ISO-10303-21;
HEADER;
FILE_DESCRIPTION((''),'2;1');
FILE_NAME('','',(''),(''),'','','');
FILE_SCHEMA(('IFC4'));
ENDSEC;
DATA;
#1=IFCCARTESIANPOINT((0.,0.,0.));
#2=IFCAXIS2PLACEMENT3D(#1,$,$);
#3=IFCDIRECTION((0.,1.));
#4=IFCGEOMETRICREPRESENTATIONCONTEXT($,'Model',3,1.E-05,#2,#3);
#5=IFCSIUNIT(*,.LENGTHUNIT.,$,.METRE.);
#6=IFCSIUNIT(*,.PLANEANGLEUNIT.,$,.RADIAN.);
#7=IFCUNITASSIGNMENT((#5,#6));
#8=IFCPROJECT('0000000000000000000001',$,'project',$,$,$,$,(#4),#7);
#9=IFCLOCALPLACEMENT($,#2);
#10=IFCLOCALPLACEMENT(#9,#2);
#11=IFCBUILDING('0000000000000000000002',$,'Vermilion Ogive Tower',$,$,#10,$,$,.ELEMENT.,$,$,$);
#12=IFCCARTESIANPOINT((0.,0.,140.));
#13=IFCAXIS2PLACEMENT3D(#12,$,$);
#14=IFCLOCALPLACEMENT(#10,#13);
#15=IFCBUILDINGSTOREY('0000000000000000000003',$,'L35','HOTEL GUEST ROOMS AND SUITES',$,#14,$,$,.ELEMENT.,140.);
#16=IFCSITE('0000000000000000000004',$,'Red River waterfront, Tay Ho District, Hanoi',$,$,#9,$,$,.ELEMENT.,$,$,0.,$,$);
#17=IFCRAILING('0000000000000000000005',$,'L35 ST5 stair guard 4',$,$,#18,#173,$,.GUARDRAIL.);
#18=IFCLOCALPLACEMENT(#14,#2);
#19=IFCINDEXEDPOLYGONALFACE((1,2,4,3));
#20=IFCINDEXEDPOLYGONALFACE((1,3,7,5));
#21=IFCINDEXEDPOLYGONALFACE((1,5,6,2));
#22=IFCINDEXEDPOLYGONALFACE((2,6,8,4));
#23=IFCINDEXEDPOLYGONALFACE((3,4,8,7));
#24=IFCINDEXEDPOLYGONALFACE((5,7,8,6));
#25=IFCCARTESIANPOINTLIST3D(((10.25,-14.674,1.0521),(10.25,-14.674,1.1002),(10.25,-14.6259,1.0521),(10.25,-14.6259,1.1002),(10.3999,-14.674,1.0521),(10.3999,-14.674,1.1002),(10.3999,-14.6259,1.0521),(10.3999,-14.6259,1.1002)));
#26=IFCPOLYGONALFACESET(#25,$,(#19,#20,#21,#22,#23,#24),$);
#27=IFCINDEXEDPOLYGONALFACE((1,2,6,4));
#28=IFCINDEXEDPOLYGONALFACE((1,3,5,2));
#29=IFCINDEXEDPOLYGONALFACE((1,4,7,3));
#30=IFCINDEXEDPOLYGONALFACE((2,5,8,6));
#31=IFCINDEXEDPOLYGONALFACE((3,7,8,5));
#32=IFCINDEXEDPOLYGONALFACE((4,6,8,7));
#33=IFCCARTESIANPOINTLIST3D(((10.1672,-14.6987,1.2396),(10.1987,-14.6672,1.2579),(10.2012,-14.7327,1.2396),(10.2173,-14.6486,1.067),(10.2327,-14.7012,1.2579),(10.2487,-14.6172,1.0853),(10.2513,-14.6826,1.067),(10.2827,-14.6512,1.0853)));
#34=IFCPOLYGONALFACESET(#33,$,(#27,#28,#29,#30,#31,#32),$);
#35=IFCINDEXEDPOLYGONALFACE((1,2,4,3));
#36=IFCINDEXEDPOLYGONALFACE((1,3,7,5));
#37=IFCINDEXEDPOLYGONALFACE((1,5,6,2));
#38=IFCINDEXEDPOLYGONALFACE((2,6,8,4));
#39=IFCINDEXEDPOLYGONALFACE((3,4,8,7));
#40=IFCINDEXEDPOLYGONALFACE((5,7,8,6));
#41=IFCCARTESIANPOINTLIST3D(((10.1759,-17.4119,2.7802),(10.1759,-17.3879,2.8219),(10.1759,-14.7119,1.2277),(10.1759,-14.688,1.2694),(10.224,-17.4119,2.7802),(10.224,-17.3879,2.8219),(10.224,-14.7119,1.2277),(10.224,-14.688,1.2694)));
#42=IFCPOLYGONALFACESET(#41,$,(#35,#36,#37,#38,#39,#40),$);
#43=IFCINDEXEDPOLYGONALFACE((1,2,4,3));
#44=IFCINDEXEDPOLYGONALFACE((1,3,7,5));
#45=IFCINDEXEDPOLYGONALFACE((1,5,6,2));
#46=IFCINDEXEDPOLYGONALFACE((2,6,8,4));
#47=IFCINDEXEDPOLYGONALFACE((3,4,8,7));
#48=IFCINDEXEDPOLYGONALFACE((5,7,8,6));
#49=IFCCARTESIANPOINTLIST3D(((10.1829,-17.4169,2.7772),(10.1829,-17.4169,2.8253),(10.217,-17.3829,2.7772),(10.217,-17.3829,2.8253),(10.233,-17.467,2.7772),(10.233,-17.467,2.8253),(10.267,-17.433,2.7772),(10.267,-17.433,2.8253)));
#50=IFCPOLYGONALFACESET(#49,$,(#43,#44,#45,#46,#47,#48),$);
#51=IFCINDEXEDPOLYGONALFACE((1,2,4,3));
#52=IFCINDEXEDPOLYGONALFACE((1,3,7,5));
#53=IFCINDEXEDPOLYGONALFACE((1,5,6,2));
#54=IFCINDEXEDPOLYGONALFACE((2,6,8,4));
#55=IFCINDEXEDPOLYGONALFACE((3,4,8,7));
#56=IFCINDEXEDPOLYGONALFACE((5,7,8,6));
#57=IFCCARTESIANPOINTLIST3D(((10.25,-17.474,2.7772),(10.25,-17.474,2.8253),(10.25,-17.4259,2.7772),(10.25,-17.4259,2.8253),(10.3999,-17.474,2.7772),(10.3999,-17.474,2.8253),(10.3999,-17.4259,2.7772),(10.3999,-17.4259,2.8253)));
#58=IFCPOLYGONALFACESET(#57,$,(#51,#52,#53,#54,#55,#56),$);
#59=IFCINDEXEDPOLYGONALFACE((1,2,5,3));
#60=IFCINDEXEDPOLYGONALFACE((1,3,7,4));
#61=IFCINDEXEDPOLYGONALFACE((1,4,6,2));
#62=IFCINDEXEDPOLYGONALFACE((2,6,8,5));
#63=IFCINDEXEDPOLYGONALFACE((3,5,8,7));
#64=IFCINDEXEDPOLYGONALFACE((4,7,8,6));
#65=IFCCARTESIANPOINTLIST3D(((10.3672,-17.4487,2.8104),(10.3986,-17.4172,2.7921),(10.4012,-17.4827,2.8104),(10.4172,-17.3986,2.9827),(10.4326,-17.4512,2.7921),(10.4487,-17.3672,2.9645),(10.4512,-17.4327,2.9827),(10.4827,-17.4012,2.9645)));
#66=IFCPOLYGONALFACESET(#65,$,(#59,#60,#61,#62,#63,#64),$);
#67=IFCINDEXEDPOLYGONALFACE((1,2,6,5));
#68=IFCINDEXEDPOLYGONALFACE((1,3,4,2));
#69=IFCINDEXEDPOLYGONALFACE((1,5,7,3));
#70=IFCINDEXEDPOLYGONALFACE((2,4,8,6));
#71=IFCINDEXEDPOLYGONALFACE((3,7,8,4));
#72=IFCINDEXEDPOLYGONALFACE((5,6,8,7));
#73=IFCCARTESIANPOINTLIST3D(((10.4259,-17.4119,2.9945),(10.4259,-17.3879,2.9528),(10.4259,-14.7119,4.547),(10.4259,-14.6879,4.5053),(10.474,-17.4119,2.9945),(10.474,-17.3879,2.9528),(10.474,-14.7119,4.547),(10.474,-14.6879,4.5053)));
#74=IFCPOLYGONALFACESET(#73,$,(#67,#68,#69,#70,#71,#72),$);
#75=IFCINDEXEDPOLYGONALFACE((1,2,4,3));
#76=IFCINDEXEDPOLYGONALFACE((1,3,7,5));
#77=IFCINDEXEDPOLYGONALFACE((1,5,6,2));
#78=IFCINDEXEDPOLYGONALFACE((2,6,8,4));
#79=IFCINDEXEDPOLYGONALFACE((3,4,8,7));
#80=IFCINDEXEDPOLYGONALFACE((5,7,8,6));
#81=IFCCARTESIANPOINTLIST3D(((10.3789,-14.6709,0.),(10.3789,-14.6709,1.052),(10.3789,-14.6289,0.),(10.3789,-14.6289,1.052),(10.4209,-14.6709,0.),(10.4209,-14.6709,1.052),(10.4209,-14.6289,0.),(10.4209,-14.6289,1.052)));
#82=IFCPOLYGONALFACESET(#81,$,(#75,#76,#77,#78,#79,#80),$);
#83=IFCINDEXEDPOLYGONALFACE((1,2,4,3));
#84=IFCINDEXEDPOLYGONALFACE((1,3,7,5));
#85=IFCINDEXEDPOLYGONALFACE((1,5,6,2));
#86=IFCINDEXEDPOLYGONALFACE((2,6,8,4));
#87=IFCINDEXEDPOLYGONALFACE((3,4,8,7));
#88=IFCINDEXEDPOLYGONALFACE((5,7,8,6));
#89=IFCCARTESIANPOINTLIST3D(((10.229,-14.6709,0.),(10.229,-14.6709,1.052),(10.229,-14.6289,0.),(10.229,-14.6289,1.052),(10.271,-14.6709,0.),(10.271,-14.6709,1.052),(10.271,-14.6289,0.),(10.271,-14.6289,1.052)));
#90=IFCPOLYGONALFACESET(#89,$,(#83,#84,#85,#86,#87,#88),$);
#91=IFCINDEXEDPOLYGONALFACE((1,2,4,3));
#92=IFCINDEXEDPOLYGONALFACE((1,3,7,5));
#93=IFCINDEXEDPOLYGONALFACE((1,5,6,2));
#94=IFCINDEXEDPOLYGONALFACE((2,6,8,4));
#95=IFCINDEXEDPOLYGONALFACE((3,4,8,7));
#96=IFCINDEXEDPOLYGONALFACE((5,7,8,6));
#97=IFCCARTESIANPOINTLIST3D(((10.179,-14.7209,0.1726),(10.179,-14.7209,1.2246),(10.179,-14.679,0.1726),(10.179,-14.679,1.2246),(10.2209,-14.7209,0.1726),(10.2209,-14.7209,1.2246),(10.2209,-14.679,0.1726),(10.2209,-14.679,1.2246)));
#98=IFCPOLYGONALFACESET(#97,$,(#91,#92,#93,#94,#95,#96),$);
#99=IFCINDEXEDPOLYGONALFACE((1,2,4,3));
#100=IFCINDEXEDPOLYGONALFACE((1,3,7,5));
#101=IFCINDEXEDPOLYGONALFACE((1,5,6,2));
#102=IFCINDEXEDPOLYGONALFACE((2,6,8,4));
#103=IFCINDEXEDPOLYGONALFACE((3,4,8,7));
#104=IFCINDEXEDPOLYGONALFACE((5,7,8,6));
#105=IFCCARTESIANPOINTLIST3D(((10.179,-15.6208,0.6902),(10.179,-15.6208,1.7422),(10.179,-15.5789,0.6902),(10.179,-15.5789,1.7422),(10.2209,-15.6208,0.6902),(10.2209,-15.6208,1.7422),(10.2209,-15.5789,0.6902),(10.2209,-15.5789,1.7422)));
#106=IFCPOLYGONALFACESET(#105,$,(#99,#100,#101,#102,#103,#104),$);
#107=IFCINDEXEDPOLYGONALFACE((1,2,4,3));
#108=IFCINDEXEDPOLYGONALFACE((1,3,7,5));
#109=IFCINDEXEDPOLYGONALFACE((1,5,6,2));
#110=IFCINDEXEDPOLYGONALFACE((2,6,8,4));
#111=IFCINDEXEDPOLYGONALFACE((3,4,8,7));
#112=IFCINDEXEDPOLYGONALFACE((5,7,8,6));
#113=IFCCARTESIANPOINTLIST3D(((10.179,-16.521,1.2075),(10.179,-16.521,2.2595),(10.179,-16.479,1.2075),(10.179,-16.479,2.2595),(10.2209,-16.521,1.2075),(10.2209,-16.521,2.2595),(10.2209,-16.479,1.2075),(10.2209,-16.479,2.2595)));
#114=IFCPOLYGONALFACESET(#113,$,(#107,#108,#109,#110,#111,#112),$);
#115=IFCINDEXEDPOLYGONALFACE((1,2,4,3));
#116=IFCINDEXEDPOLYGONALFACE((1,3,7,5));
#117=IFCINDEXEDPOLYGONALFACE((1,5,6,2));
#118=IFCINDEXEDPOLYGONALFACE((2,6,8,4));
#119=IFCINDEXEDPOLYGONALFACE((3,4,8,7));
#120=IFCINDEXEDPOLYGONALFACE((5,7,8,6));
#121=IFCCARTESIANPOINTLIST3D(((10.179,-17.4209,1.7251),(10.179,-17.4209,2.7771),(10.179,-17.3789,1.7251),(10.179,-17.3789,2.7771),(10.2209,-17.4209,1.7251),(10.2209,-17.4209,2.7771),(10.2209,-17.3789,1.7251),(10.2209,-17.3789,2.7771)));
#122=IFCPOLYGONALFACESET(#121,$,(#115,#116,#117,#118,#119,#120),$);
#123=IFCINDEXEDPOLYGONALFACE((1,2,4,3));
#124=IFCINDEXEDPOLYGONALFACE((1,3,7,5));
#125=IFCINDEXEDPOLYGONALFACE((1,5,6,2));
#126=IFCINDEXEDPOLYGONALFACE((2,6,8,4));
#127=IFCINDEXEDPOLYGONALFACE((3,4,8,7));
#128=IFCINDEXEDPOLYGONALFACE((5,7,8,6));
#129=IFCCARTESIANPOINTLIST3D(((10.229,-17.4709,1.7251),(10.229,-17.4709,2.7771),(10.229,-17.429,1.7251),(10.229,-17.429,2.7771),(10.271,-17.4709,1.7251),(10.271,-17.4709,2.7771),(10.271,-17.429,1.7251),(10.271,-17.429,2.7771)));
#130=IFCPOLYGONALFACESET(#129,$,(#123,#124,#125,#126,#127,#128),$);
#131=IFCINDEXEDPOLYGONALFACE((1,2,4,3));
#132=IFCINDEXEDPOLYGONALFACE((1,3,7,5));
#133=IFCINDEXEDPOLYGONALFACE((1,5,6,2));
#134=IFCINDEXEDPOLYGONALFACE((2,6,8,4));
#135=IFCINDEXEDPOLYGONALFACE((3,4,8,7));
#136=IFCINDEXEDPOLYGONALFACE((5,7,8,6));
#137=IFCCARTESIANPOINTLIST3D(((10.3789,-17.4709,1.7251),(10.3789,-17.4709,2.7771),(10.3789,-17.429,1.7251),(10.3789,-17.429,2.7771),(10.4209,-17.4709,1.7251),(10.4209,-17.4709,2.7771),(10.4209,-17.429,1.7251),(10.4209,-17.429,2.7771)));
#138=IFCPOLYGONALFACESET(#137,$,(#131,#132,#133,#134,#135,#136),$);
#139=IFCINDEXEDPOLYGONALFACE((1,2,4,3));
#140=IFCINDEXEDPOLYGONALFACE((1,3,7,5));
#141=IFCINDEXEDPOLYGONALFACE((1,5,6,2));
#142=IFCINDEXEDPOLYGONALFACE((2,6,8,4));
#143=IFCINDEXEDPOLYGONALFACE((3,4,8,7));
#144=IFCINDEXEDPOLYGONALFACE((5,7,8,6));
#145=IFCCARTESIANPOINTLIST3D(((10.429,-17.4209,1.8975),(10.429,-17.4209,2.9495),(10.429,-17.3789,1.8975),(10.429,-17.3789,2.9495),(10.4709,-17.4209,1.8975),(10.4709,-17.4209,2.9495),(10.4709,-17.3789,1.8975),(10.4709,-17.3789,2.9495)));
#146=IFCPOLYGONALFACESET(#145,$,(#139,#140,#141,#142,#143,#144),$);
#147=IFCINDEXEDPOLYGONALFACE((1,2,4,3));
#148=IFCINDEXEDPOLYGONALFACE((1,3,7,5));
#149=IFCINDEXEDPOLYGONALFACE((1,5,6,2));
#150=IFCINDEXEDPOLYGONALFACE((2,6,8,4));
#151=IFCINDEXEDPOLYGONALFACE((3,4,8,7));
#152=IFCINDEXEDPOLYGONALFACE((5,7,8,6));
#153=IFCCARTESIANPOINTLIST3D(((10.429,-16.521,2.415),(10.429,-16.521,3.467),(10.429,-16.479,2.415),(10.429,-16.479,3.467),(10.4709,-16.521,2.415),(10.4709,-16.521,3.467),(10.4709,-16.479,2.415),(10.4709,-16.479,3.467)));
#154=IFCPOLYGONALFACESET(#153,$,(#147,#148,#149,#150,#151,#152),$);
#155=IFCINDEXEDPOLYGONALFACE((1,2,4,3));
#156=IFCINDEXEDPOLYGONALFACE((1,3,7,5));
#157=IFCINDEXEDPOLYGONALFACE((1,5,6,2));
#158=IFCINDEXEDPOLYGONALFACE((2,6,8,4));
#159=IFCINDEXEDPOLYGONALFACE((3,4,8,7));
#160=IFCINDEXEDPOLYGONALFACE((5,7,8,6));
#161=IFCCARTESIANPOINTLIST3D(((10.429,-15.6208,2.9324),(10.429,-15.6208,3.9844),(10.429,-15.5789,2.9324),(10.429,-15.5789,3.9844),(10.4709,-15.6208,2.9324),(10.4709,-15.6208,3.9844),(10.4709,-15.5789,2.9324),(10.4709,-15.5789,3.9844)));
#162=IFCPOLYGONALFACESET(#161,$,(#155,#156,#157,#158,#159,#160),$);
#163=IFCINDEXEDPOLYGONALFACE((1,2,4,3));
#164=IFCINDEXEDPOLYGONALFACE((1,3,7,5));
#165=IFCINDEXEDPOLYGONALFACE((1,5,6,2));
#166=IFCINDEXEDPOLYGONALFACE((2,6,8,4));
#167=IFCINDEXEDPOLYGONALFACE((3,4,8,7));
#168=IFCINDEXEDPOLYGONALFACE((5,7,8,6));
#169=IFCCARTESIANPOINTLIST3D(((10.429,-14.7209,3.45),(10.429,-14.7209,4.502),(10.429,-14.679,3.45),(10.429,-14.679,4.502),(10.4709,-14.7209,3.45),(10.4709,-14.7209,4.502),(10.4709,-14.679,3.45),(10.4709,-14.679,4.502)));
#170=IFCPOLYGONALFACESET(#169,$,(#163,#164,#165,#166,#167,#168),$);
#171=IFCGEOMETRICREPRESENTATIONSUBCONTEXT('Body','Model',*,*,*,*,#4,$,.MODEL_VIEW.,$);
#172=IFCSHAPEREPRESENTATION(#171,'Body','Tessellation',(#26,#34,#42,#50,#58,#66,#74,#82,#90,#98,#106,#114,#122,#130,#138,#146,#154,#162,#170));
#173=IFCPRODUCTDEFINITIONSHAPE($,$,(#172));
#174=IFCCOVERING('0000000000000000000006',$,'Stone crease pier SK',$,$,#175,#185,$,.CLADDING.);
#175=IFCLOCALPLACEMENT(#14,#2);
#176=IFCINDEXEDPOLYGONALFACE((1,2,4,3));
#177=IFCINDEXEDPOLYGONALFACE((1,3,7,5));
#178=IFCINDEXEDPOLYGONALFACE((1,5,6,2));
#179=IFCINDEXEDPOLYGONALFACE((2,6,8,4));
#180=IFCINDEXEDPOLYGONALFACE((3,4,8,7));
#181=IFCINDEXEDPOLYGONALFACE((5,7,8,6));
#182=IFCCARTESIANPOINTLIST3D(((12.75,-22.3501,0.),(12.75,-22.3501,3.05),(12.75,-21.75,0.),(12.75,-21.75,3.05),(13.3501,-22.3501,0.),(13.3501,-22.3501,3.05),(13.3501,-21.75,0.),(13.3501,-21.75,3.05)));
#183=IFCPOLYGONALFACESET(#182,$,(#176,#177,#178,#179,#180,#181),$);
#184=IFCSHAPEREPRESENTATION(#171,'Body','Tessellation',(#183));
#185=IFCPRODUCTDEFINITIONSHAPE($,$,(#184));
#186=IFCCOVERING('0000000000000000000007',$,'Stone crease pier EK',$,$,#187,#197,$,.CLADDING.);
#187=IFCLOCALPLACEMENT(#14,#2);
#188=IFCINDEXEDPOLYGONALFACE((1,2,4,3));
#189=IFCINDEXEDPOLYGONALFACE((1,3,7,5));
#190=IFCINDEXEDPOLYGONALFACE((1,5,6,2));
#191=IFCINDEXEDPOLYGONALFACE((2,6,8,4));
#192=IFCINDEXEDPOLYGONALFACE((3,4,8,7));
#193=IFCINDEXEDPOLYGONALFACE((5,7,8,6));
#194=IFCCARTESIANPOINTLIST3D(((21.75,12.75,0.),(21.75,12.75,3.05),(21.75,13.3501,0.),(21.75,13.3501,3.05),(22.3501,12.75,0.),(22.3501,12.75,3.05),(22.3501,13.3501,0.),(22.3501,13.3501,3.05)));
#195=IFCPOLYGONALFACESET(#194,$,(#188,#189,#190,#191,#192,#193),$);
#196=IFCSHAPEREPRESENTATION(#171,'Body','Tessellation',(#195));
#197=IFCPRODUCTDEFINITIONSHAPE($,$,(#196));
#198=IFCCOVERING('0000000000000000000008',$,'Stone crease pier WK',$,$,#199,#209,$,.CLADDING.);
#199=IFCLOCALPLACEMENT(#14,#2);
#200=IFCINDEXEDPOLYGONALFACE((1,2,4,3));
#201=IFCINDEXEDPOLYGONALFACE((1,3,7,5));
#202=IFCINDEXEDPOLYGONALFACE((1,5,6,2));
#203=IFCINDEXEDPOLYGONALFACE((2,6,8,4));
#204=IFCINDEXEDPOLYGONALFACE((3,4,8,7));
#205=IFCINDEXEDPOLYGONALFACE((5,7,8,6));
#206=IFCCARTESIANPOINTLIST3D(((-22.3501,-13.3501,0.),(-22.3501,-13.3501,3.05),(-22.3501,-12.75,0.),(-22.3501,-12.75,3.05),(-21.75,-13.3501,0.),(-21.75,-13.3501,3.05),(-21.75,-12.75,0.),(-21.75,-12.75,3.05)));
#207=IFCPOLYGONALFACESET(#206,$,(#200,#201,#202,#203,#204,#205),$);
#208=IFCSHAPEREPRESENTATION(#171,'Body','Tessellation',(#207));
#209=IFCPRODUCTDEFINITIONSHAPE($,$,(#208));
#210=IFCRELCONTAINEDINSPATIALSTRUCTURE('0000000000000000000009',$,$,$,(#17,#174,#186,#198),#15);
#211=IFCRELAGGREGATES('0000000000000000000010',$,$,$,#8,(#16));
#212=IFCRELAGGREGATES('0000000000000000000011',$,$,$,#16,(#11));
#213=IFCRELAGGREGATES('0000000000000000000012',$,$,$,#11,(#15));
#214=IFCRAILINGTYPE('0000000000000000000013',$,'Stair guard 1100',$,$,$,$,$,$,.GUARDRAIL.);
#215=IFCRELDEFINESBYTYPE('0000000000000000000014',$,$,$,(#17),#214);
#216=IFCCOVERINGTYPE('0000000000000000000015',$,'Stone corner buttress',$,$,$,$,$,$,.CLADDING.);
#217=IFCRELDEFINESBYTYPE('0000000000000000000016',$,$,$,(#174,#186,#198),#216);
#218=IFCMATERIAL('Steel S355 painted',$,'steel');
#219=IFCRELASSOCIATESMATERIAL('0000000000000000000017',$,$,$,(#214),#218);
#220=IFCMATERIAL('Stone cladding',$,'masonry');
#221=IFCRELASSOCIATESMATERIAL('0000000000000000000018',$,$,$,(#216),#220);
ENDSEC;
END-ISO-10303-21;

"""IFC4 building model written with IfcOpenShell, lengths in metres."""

from ifc_helpers import new_model, si_unit, direction, frame, origin, origin_2d, place, context, subcontext, project, spatial, polyline, rectangle, outline, extrude, material, type_object, element, save


model = new_model("IFC4")

# Units and contexts
model_context = context("Model", 3, precision=1e-05, world=origin(), true_north=direction((0.0, 1.0)))
body_context = subcontext(model_context, "Body", "Model", "MODEL_VIEW")
ifc_project = project(units=[si_unit("LENGTHUNIT", "METRE"), si_unit("PLANEANGLEUNIT", "RADIAN")], contexts=[model_context])

# Site, building, storey
site_placement = place(None, origin())
site = spatial("IfcSite", under=ifc_project, at=site_placement, Name="Red River waterfront, Tay Ho District, Hanoi", CompositionType="ELEMENT", RefElevation=0.0)
building_placement = place(site_placement, origin())
building = spatial("IfcBuilding", under=site, at=building_placement, Name="Vermilion Ogive Tower", CompositionType="ELEMENT")
storey_placement = place(building_placement, frame((0.0, 0.0, 140.0)))
storey = spatial("IfcBuildingStorey", under=building, at=storey_placement, Name="L35", Description="HOTEL GUEST ROOMS AND SUITES", CompositionType="ELEMENT", Elevation=140.0)

# Railing
ifc_material_1 = material(Name="Steel S355 painted", Category="steel")
railing_type = type_object("IfcRailingType", Name="Stair guard 1100", PredefinedType="GUARDRAIL", material=ifc_material_1)
railing_1_placement = place(storey_placement, frame((10.3999, -14.6499, 0.0)))
element("IfcRailing", 1, at=railing_1_placement, inside=storey, type_object=railing_type, Name="L35 ST5 stair guard 4", PredefinedType="GUARDRAIL", context=body_context, shape_type="SweptSolid", body=[
    extrude(rectangle(XDim=0.0481, YDim=0.0481, at=origin_2d()), frame((0.0, 0.0, 1.0762), z_axis=(-1.0, 0.0, 0.0), x_axis=(0.0, -1.0, 0.0)), (0.0, 0.0, 1.0), 0.1499),
    extrude(rectangle(XDim=0.0481, YDim=0.0481, at=origin_2d()), frame((-0.1499, 0.0, 1.0762), z_axis=(-0.268278, -0.268278, 0.925232), x_axis=(0.707107, -0.707107, 0.0)), (0.0, 0.0, 1.0), 0.1865),
    extrude(rectangle(XDim=0.0481, YDim=0.0481, at=origin_2d()), frame((-0.2, -0.05, 1.2485), z_axis=(0.0, -0.866904, 0.498476), x_axis=(1.0, 0.0, 0.0)), (0.0, 0.0, 1.0), 3.1145),
    extrude(rectangle(XDim=0.0481, YDim=0.0481, at=origin_2d()), frame((-0.2, -2.75, 2.8013), z_axis=(0.707107, -0.707107, 0.0), x_axis=(0.707107, 0.707107, 0.0)), (0.0, 0.0, 1.0), 0.0708),
    extrude(rectangle(XDim=0.0481, YDim=0.0481, at=origin_2d()), frame((-0.1499, -2.8, 2.8013), z_axis=(1.0, 0.0, 0.0), x_axis=(0.0, 1.0, 0.0)), (0.0, 0.0, 1.0), 0.1499),
    extrude(rectangle(XDim=0.0481, YDim=0.0481, at=origin_2d()), frame((0.0, -2.8, 2.8013), z_axis=(0.268603, 0.268603, 0.925043), x_axis=(-0.707107, 0.707107, 0.0)), (0.0, 0.0, 1.0), 0.1863),
    extrude(rectangle(XDim=0.0481, YDim=0.0481, at=origin_2d()), frame((0.05, -2.75, 2.9736), z_axis=(0.0, 0.866904, 0.498476), x_axis=(-1.0, 0.0, 0.0)), (0.0, 0.0, 1.0), 3.1145),
    extrude(rectangle(XDim=0.042, YDim=0.042, at=origin_2d()), origin(), (0.0, 0.0, 1.0), 1.052),
    extrude(rectangle(XDim=0.042, YDim=0.042, at=origin_2d()), frame((-0.1499, 0.0, 0.0)), (0.0, 0.0, 1.0), 1.052),
    extrude(rectangle(XDim=0.042, YDim=0.042, at=origin_2d()), frame((-0.2, -0.05, 0.1726)), (0.0, 0.0, 1.0), 1.052),
    extrude(rectangle(XDim=0.042, YDim=0.042, at=origin_2d()), frame((-0.2, -0.95, 0.6902)), (0.0, 0.0, 1.0), 1.052),
    extrude(rectangle(XDim=0.042, YDim=0.042, at=origin_2d()), frame((-0.2, -1.8501, 1.2075)), (0.0, 0.0, 1.0), 1.052),
    extrude(rectangle(XDim=0.042, YDim=0.042, at=origin_2d()), frame((-0.2, -2.75, 1.7251)), (0.0, 0.0, 1.0), 1.052),
    extrude(rectangle(XDim=0.042, YDim=0.042, at=origin_2d()), frame((-0.1499, -2.8, 1.7251)), (0.0, 0.0, 1.0), 1.052),
    extrude(rectangle(XDim=0.042, YDim=0.042, at=origin_2d()), frame((0.0, -2.8, 1.7251)), (0.0, 0.0, 1.0), 1.052),
    extrude(rectangle(XDim=0.042, YDim=0.042, at=origin_2d()), frame((0.05, -2.75, 1.8975)), (0.0, 0.0, 1.0), 1.052),
    extrude(rectangle(XDim=0.042, YDim=0.042, at=origin_2d()), frame((0.05, -1.8501, 2.415)), (0.0, 0.0, 1.0), 1.052),
    extrude(rectangle(XDim=0.042, YDim=0.042, at=origin_2d()), frame((0.05, -0.95, 2.9324)), (0.0, 0.0, 1.0), 1.052),
    extrude(rectangle(XDim=0.042, YDim=0.042, at=origin_2d()), frame((0.05, -0.05, 3.45)), (0.0, 0.0, 1.0), 1.052),
])

# Coverings
ifc_material_2 = material(Name="Stone cladding", Category="masonry")
covering_type = type_object("IfcCoveringType", Name="Stone corner buttress", PredefinedType="CLADDING", material=ifc_material_2)
covering_1_placement = place(storey_placement, origin())
element("IfcCovering", 2, at=covering_1_placement, inside=storey, type_object=covering_type, Name="Stone crease pier SK", PredefinedType="CLADDING", context=body_context, shape_type="SweptSolid", body=[
    extrude(outline(polyline([(12.75, -22.3501), (13.3501, -22.3501), (13.3501, -21.75), (12.75, -21.75), (12.75, -22.3501)])), origin(), (0.0, 0.0, 1.0), 3.05),
])
covering_2_placement = place(storey_placement, origin())
element("IfcCovering", 3, at=covering_2_placement, inside=storey, type_object=covering_type, Name="Stone crease pier EK", PredefinedType="CLADDING", context=body_context, shape_type="SweptSolid", body=[
    extrude(outline(polyline([(22.3501, 12.75), (22.3501, 13.3501), (21.75, 13.3501), (21.75, 12.75), (22.3501, 12.75)])), origin(), (0.0, 0.0, 1.0), 3.05),
])
covering_3_placement = place(storey_placement, origin())
element("IfcCovering", 4, at=covering_3_placement, inside=storey, type_object=covering_type, Name="Stone crease pier WK", PredefinedType="CLADDING", context=body_context, shape_type="SweptSolid", body=[
    extrude(outline(polyline([(-22.3501, -12.75), (-22.3501, -13.3501), (-21.75, -13.3501), (-21.75, -12.75), (-22.3501, -12.75)])), origin(), (0.0, 0.0, 1.0), 3.05),
])

save(model, "model.ifc")
